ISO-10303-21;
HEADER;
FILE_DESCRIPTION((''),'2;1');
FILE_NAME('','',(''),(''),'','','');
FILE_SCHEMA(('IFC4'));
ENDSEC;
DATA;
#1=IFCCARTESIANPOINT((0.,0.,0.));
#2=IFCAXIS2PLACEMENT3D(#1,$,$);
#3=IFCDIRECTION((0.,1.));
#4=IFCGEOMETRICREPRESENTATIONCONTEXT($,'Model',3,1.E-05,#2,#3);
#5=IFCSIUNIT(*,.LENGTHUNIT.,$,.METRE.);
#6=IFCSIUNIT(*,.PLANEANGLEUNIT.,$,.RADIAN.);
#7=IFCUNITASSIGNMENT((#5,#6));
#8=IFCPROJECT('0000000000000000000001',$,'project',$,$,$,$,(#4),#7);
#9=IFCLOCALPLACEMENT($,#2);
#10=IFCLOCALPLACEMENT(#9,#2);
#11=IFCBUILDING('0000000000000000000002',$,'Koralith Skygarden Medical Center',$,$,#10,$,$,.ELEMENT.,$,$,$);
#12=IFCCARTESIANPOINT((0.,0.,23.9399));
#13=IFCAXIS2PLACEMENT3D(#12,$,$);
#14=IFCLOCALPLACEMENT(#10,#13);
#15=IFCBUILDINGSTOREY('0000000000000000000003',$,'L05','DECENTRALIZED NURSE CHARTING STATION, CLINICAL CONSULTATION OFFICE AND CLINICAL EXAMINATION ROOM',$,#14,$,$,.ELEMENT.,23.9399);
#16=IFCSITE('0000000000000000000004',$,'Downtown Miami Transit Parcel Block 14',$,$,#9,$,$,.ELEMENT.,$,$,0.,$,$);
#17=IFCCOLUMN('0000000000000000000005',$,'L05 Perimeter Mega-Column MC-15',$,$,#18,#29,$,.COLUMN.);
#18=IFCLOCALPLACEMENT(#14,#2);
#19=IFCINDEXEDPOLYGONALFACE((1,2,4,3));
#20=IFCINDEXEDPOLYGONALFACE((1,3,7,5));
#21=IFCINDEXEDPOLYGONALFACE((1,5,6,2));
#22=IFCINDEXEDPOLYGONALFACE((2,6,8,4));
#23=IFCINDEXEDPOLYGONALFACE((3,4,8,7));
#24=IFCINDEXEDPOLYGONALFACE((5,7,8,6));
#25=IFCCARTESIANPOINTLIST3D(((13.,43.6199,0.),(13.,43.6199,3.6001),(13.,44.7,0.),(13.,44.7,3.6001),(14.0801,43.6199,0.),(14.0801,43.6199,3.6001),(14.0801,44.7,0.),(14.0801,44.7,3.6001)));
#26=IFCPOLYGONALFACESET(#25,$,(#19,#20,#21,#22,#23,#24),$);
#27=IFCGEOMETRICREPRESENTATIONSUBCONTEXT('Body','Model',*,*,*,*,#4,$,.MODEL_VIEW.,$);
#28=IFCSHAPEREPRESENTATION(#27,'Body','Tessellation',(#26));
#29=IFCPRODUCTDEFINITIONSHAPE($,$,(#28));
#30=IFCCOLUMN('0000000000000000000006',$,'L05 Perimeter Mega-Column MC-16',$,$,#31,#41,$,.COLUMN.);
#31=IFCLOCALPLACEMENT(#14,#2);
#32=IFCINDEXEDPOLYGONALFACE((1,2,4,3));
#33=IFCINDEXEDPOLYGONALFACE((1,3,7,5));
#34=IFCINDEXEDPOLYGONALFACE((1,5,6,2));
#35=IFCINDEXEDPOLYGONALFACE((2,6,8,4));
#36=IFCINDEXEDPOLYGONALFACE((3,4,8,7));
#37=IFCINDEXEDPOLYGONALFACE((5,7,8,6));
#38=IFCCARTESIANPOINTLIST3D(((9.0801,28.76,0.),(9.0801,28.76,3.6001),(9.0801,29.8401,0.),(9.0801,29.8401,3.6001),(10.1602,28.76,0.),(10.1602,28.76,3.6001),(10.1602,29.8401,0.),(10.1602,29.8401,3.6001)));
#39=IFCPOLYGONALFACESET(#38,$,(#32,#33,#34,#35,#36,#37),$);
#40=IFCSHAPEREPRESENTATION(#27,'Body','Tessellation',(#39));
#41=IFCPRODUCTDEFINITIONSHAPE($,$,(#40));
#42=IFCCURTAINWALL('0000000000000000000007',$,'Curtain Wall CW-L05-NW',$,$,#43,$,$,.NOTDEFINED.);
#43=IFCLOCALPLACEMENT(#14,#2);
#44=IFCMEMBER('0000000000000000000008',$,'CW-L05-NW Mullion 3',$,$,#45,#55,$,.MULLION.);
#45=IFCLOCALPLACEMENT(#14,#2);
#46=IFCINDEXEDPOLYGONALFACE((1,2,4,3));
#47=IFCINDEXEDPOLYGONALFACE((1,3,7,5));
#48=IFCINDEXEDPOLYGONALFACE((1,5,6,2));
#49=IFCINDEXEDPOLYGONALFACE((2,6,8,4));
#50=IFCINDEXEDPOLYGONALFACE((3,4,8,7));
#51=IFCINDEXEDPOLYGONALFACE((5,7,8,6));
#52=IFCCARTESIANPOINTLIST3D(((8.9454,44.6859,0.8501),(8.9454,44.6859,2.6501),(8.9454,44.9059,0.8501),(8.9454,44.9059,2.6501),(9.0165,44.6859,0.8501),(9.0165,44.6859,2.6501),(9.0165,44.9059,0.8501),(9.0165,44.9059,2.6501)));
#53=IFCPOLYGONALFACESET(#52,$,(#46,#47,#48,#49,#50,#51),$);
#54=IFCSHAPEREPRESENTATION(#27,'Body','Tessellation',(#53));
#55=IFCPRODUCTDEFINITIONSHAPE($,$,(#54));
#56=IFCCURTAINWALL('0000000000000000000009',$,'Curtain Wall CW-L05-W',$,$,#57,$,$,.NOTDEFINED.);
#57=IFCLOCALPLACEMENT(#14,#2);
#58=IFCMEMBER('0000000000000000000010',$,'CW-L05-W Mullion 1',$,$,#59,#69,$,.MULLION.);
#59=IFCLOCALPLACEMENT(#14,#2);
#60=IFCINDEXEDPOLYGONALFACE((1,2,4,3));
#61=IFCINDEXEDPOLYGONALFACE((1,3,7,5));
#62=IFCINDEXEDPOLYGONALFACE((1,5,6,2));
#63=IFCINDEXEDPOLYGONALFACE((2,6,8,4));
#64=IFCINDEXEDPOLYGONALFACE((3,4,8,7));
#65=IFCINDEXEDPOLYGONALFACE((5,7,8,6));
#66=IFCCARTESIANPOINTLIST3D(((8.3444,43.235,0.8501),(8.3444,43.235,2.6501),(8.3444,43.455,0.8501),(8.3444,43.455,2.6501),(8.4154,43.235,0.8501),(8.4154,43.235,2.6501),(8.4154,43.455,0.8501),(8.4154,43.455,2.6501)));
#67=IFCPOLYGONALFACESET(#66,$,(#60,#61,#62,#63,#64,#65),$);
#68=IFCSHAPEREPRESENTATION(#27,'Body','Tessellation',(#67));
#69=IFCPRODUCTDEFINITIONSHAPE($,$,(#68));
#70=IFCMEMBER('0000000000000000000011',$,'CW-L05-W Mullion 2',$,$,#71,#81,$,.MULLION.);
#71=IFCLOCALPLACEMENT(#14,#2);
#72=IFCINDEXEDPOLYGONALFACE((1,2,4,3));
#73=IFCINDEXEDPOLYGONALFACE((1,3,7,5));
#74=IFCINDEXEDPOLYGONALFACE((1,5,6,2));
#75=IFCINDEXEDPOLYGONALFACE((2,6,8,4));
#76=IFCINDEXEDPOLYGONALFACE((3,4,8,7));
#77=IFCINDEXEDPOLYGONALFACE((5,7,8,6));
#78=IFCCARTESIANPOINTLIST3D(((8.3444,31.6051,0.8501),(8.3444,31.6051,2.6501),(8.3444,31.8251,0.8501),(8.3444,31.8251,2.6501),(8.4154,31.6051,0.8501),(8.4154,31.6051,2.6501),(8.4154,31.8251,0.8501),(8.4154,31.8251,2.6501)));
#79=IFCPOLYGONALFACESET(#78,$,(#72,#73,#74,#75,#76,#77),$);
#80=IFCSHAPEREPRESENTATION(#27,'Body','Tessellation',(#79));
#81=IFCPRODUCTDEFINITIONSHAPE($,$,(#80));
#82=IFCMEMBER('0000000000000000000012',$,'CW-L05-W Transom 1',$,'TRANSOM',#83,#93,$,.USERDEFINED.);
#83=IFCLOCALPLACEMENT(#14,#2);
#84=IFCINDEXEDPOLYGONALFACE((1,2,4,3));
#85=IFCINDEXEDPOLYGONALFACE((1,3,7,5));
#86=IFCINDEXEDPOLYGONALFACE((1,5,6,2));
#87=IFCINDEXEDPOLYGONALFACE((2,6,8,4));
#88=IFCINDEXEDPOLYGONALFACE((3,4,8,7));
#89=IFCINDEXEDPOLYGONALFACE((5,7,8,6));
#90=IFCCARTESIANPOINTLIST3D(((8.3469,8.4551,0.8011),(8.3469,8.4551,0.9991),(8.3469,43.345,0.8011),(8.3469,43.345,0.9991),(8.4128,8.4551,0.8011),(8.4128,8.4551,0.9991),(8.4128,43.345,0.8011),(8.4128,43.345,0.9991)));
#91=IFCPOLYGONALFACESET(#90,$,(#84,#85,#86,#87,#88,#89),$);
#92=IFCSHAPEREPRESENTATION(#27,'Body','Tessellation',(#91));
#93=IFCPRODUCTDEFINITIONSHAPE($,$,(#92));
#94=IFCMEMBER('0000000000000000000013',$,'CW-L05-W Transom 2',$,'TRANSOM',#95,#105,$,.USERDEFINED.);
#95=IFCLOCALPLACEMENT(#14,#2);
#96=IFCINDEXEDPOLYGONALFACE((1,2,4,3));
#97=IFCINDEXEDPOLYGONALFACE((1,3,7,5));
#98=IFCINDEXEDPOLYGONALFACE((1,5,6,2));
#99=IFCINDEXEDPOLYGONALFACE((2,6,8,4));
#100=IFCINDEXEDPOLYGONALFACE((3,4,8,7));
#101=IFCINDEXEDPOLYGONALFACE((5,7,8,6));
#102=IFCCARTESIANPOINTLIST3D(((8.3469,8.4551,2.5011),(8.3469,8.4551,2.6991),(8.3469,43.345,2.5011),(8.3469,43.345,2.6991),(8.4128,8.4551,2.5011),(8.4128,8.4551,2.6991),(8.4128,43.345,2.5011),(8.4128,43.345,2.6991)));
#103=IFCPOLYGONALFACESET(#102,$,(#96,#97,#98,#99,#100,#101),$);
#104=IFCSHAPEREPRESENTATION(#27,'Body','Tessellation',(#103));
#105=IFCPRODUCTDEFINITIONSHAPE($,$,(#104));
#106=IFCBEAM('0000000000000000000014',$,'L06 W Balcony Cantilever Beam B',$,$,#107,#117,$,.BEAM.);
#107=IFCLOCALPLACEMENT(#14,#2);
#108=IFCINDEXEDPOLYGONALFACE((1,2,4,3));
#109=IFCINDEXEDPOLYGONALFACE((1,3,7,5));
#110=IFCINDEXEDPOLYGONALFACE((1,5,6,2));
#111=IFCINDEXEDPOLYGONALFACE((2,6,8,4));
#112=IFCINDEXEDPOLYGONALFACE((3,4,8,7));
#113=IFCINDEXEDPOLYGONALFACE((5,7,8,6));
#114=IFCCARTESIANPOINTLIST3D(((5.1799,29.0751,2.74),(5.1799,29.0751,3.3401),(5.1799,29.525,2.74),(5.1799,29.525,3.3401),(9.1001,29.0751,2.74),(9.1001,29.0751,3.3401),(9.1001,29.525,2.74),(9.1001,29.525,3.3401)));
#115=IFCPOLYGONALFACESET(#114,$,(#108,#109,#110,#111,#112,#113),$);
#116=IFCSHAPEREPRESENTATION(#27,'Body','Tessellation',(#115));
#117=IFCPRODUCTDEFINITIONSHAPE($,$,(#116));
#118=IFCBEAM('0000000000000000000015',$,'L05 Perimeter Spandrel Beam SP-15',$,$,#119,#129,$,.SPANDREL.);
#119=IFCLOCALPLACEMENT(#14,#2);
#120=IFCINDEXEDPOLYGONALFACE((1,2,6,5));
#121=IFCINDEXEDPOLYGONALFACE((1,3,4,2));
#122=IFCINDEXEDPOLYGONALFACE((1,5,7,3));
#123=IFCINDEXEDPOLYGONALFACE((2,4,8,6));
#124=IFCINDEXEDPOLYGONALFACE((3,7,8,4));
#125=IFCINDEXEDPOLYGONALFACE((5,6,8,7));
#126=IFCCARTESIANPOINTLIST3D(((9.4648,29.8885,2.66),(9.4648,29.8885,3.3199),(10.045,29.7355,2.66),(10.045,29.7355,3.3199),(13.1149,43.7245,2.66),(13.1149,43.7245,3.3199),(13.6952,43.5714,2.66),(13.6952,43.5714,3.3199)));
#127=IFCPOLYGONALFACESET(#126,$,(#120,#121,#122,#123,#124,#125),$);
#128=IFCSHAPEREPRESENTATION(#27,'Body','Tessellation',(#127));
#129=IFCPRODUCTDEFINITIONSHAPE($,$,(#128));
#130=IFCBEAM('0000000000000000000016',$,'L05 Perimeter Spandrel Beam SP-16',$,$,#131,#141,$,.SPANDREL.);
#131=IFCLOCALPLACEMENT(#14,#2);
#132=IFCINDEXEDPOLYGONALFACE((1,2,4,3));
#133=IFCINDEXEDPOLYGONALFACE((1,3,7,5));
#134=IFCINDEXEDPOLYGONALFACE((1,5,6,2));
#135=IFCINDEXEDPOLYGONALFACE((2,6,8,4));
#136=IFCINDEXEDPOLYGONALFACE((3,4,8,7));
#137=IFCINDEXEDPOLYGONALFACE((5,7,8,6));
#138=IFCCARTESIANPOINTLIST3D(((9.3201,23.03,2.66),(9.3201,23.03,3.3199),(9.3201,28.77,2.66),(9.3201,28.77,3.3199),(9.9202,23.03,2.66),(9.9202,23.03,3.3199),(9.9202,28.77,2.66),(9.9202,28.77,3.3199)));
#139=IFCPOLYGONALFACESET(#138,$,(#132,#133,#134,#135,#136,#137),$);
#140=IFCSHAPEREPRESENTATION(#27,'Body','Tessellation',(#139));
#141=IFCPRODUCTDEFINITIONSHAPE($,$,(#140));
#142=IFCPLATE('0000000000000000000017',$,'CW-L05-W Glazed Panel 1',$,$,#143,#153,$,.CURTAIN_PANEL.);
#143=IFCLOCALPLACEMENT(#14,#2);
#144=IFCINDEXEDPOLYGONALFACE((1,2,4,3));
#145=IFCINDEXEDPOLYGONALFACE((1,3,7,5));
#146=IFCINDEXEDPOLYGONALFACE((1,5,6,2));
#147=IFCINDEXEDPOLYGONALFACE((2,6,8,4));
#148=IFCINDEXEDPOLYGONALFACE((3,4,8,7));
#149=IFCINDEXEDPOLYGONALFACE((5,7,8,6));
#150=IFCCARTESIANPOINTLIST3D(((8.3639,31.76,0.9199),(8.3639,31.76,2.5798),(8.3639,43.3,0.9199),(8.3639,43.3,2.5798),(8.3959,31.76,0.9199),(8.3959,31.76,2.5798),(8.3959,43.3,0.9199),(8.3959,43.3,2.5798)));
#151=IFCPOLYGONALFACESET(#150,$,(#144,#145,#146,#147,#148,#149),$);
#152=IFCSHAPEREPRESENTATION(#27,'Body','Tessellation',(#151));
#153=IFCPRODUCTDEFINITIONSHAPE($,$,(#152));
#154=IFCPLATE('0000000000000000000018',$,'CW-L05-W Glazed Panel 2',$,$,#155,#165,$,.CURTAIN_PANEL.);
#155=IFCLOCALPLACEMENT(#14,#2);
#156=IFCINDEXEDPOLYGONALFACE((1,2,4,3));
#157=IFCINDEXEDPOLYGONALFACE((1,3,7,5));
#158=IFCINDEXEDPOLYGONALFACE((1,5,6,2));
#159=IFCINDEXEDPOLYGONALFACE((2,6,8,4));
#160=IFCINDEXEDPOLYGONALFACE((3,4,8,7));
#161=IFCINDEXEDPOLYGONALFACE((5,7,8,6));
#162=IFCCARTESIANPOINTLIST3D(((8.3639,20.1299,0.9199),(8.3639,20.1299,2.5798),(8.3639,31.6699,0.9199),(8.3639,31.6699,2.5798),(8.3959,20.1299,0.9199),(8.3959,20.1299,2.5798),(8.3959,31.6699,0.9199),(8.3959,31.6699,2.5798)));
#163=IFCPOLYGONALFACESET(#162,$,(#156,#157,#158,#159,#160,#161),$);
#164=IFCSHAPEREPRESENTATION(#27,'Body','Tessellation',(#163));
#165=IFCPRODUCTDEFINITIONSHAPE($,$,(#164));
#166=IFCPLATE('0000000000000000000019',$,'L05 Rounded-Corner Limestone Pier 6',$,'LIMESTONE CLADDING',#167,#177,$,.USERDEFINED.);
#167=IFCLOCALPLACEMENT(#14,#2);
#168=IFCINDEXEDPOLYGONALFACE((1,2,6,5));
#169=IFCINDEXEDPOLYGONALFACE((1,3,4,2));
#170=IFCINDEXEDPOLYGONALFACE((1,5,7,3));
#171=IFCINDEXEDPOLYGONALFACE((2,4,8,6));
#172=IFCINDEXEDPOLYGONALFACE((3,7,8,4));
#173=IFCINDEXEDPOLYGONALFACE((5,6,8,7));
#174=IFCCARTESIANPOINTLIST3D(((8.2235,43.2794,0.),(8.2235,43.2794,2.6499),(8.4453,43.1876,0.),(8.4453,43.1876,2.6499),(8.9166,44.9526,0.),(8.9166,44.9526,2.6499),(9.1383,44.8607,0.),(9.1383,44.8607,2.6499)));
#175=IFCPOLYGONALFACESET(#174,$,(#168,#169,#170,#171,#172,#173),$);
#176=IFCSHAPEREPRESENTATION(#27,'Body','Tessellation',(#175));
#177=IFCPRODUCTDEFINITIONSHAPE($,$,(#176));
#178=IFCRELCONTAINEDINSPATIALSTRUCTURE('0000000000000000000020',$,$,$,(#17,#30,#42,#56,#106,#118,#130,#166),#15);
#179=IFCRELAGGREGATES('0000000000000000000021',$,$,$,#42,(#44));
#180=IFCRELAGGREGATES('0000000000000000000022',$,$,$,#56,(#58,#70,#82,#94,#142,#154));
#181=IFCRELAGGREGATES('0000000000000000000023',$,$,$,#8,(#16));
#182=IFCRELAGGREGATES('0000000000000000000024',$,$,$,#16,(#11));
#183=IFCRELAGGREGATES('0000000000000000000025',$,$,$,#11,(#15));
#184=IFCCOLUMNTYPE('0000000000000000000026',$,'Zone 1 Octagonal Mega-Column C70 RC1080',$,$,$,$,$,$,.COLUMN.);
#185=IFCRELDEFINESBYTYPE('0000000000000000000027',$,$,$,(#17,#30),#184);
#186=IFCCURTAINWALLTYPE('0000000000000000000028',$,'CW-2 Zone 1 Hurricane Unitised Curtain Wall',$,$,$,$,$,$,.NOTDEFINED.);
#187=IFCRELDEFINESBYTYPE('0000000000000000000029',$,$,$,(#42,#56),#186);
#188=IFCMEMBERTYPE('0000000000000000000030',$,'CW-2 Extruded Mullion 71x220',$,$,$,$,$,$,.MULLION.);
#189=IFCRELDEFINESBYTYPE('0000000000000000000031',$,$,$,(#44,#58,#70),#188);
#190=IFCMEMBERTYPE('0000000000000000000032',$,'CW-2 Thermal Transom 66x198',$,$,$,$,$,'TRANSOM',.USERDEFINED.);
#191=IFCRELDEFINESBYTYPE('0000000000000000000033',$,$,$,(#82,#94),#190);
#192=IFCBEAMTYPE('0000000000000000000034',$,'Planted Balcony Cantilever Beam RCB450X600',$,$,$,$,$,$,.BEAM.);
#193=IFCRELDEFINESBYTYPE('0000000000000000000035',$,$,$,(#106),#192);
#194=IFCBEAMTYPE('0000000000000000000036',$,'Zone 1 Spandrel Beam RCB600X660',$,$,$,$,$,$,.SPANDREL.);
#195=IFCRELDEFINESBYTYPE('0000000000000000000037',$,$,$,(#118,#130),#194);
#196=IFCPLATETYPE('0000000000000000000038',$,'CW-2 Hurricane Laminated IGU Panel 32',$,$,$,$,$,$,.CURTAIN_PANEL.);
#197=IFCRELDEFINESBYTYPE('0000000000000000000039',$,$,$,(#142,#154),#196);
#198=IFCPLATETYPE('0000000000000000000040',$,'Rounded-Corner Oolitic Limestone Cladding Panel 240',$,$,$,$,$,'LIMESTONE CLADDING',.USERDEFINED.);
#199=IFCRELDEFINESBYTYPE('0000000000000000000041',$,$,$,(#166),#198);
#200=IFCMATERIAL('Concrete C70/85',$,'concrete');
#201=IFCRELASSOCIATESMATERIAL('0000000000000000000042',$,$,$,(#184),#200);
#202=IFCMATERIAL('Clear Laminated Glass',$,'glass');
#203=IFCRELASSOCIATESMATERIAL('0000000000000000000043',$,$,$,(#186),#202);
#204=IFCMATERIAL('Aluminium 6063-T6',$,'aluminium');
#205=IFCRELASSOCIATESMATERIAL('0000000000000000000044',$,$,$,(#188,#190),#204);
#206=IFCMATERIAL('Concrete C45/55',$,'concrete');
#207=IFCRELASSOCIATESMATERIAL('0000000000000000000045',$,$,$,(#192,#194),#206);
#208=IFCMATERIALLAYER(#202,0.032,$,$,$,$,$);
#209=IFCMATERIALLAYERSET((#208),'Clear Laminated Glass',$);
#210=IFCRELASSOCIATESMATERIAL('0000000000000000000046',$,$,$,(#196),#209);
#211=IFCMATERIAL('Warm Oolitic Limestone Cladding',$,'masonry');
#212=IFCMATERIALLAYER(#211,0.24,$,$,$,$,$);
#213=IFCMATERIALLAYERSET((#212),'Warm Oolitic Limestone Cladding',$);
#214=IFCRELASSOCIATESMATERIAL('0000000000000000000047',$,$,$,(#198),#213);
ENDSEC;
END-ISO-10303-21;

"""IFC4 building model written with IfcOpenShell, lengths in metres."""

from ifc_helpers import new_model, si_unit, direction, frame, origin, origin_2d, place, context, subcontext, project, spatial, rectangle, extrude, material, layer, layer_set, material_profile, profile_set, type_object, element, aggregate, save


model = new_model("IFC4")

# Units and contexts
model_context = context("Model", 3, precision=1e-05, world=origin(), true_north=direction((0.0, 1.0)))
body_context = subcontext(model_context, "Body", "Model", "MODEL_VIEW")
ifc_project = project(units=[si_unit("LENGTHUNIT", "METRE"), si_unit("PLANEANGLEUNIT", "RADIAN")], contexts=[model_context])

# Site, building, storey
site_placement = place(None, origin())
site = spatial("IfcSite", under=ifc_project, at=site_placement, Name="Downtown Miami Transit Parcel Block 14", CompositionType="ELEMENT", RefElevation=0.0)
building_placement = place(site_placement, origin())
building = spatial("IfcBuilding", under=site, at=building_placement, Name="Koralith Skygarden Medical Center", CompositionType="ELEMENT")
storey_placement = place(building_placement, frame((0.0, 0.0, 23.9399)))
storey = spatial("IfcBuildingStorey", under=building, at=storey_placement, Name="L05", Description="DECENTRALIZED NURSE CHARTING STATION, CLINICAL CONSULTATION OFFICE AND CLINICAL EXAMINATION ROOM", CompositionType="ELEMENT", Elevation=23.9399)

# Columns
ifc_material_1 = material(Name="Concrete C70/85", Category="concrete")
ifc_material_profile_1 = material_profile(ifc_material_1, rectangle(XDim=1.0801, YDim=1.0801, at=origin_2d()), Name="RC1080X1080")
ifc_profile_set_1 = profile_set([ifc_material_profile_1], Name="Concrete C70/85")
column_type = type_object("IfcColumnType", Name="Zone 1 Octagonal Mega-Column C70 RC1080", PredefinedType="COLUMN", material=ifc_profile_set_1)
for number, where, z_axis, x_axis, name in (
    (1, (13.54, 44.1599, 0.0), (0.0, 0.0, 1.0), (1.0, 0.0, 0.0), "L05 Perimeter Mega-Column MC-15"),
    (2, (9.6201, 29.3, 0.0), (0.0, 0.0, 1.0), (1.0, 0.0, 0.0), "L05 Perimeter Mega-Column MC-16"),
):
    element("IfcColumn", number, at=place(storey_placement, frame(where, z_axis=z_axis, x_axis=x_axis)), inside=storey, type_object=column_type, Name=name, PredefinedType="COLUMN", context=body_context, shape_type="SweptSolid", body=[
        extrude(rectangle(XDim=1.0801, YDim=1.0801, at=origin_2d()), origin(), (0.0, 0.0, 1.0), 3.6001),
    ])

# Curtain wall, member
ifc_material_2 = material(Name="Clear Laminated Glass", Category="glass")
curtain_wall_type = type_object("IfcCurtainWallType", Name="CW-2 Zone 1 Hurricane Unitised Curtain Wall", PredefinedType="NOTDEFINED", material=ifc_material_2)
curtain_wall_1_placement = place(storey_placement, origin())
curtain_wall_1 = element("IfcCurtainWall", 3, at=curtain_wall_1_placement, inside=storey, type_object=curtain_wall_type, Name="Curtain Wall CW-L05-NW", PredefinedType="NOTDEFINED")
ifc_material_3 = material(Name="Aluminium 6063-T6", Category="aluminium")
ifc_material_profile_2 = material_profile(ifc_material_3, rectangle(XDim=0.071, YDim=0.22, at=origin_2d()), Name="MUL71X220")
ifc_profile_set_2 = profile_set([ifc_material_profile_2], Name="Aluminium 6063-T6")
member_type_1 = type_object("IfcMemberType", Name="CW-2 Extruded Mullion 71x220", PredefinedType="MULLION", material=ifc_profile_set_2)
member_1_placement = place(storey_placement, frame((8.981, 44.7959, 0.8501), z_axis=(0.0, 0.0, 1.0), x_axis=(1.0, 0.0, 0.0)))
member_1 = element("IfcMember", 4, at=member_1_placement, type_object=member_type_1, Name="CW-L05-NW Mullion 3", PredefinedType="MULLION", context=body_context, shape_type="SweptSolid", body=[
    extrude(rectangle(XDim=0.071, YDim=0.22, at=origin_2d()), origin(), (0.0, 0.0, 1.0), 1.8),
])
aggregate(curtain_wall_1, [member_1])

# Curtain wall, members
curtain_wall_2_placement = place(storey_placement, origin())
curtain_wall_2 = element("IfcCurtainWall", 5, at=curtain_wall_2_placement, inside=storey, type_object=curtain_wall_type, Name="Curtain Wall CW-L05-W", PredefinedType="NOTDEFINED")
member_2_placement = place(storey_placement, frame((8.3799, 43.345, 0.8501), z_axis=(0.0, 0.0, 1.0), x_axis=(1.0, 0.0, 0.0)))
member_2 = element("IfcMember", 6, at=member_2_placement, type_object=member_type_1, Name="CW-L05-W Mullion 1", PredefinedType="MULLION", context=body_context, shape_type="SweptSolid", body=[
    extrude(rectangle(XDim=0.071, YDim=0.22, at=origin_2d()), origin(), (0.0, 0.0, 1.0), 1.8),
])
member_3_placement = place(storey_placement, frame((8.3799, 31.7151, 0.8501), z_axis=(0.0, 0.0, 1.0), x_axis=(1.0, 0.0, 0.0)))
member_3 = element("IfcMember", 7, at=member_3_placement, type_object=member_type_1, Name="CW-L05-W Mullion 2", PredefinedType="MULLION", context=body_context, shape_type="SweptSolid", body=[
    extrude(rectangle(XDim=0.071, YDim=0.22, at=origin_2d()), origin(), (0.0, 0.0, 1.0), 1.8),
])
ifc_material_profile_3 = material_profile(ifc_material_3, rectangle(XDim=0.0659, YDim=0.198, at=origin_2d()), Name="TRN66X198")
ifc_profile_set_3 = profile_set([ifc_material_profile_3], Name="Aluminium 6063-T6")
member_type_2 = type_object("IfcMemberType", Name="CW-2 Thermal Transom 66x198", ElementType="TRANSOM", PredefinedType="USERDEFINED", material=ifc_profile_set_3)
member_4_placement = place(storey_placement, frame((8.3799, 43.345, 0.9001), z_axis=(0.0, -1.0, 0.0), x_axis=(1.0, 0.0, 0.0)))
member_4 = element("IfcMember", 8, at=member_4_placement, type_object=member_type_2, Name="CW-L05-W Transom 1", ObjectType="TRANSOM", PredefinedType="USERDEFINED", context=body_context, shape_type="SweptSolid", body=[
    extrude(rectangle(XDim=0.0659, YDim=0.198, at=origin_2d()), origin(), (0.0, 0.0, 1.0), 34.8899),
])
member_5_placement = place(storey_placement, frame((8.3799, 43.345, 2.6001), z_axis=(0.0, -1.0, 0.0), x_axis=(1.0, 0.0, 0.0)))
member_5 = element("IfcMember", 9, at=member_5_placement, type_object=member_type_2, Name="CW-L05-W Transom 2", ObjectType="TRANSOM", PredefinedType="USERDEFINED", context=body_context, shape_type="SweptSolid", body=[
    extrude(rectangle(XDim=0.0659, YDim=0.198, at=origin_2d()), origin(), (0.0, 0.0, 1.0), 34.8899),
])

# Beams
ifc_material_4 = material(Name="Concrete C45/55", Category="concrete")
ifc_material_profile_4 = material_profile(ifc_material_4, rectangle(XDim=0.45, YDim=0.6001, at=origin_2d()), Name="RCB450X600")
ifc_profile_set_4 = profile_set([ifc_material_profile_4], Name="Concrete C45/55")
beam_type_1 = type_object("IfcBeamType", Name="Planted Balcony Cantilever Beam RCB450X600", PredefinedType="BEAM", material=ifc_profile_set_4)
beam_1_placement = place(storey_placement, frame((9.1001, 29.3, 3.04), z_axis=(-1.0, 0.0, 0.0), x_axis=(0.0, -1.0, 0.0)))
element("IfcBeam", 10, at=beam_1_placement, inside=storey, type_object=beam_type_1, Name="L06 W Balcony Cantilever Beam B", PredefinedType="BEAM", context=body_context, shape_type="SweptSolid", body=[
    extrude(rectangle(XDim=0.45, YDim=0.6001, at=origin_2d()), origin(), (0.0, 0.0, 1.0), 3.9202),
])
ifc_material_profile_5 = material_profile(ifc_material_4, rectangle(XDim=0.6001, YDim=0.6599, at=origin_2d()), Name="RCB600X660")
ifc_profile_set_5 = profile_set([ifc_material_profile_5], Name="Concrete C45/55")
beam_type_2 = type_object("IfcBeamType", Name="Zone 1 Spandrel Beam RCB600X660", PredefinedType="SPANDREL", material=ifc_profile_set_5)
beam_2_placement = place(storey_placement, frame((13.405, 43.6479, 2.99), z_axis=(-0.255089, -0.966918, 0.0), x_axis=(0.966918, -0.255089, 0.0)))
element("IfcBeam", 11, at=beam_2_placement, inside=storey, type_object=beam_type_2, Name="L05 Perimeter Spandrel Beam SP-15", PredefinedType="SPANDREL", context=body_context, shape_type="SweptSolid", body=[
    extrude(rectangle(XDim=0.6001, YDim=0.6599, at=origin_2d()), origin(), (0.0, 0.0, 1.0), 14.3093),
])
beam_3_placement = place(storey_placement, frame((9.6201, 28.77, 2.99), z_axis=(0.0, -1.0, 0.0), x_axis=(1.0, 0.0, 0.0)))
element("IfcBeam", 12, at=beam_3_placement, inside=storey, type_object=beam_type_2, Name="L05 Perimeter Spandrel Beam SP-16", PredefinedType="SPANDREL", context=body_context, shape_type="SweptSolid", body=[
    extrude(rectangle(XDim=0.6001, YDim=0.6599, at=origin_2d()), origin(), (0.0, 0.0, 1.0), 5.74),
])

# Plates
ifc_layer_1 = layer(ifc_material_2, 0.032)
ifc_layer_set_1 = layer_set([ifc_layer_1], Name="Clear Laminated Glass")
plate_type_1 = type_object("IfcPlateType", Name="CW-2 Hurricane Laminated IGU Panel 32", PredefinedType="CURTAIN_PANEL", material=ifc_layer_set_1)
plate_1_placement = place(storey_placement, frame((8.3799, 37.53, 0.9199), z_axis=(0.0, 0.0, 1.0), x_axis=(0.0, -1.0, 0.0)))
plate_1 = element("IfcPlate", 13, at=plate_1_placement, type_object=plate_type_1, Name="CW-L05-W Glazed Panel 1", PredefinedType="CURTAIN_PANEL", context=body_context, shape_type="SweptSolid", body=[
    extrude(rectangle(XDim=11.54, YDim=0.032, at=origin_2d()), origin(), (0.0, 0.0, 1.0), 1.6599),
])
plate_2_placement = place(storey_placement, frame((8.3799, 25.8999, 0.9199), z_axis=(0.0, 0.0, 1.0), x_axis=(0.0, -1.0, 0.0)))
plate_2 = element("IfcPlate", 14, at=plate_2_placement, type_object=plate_type_1, Name="CW-L05-W Glazed Panel 2", PredefinedType="CURTAIN_PANEL", context=body_context, shape_type="SweptSolid", body=[
    extrude(rectangle(XDim=11.54, YDim=0.032, at=origin_2d()), origin(), (0.0, 0.0, 1.0), 1.6599),
])
aggregate(curtain_wall_2, [member_2, member_3, member_4, member_5, plate_1, plate_2])
ifc_material_5 = material(Name="Warm Oolitic Limestone Cladding", Category="masonry")
ifc_layer_2 = layer(ifc_material_5, 0.24)
ifc_layer_set_2 = layer_set([ifc_layer_2], Name="Warm Oolitic Limestone Cladding")
plate_type_2 = type_object("IfcPlateType", Name="Rounded-Corner Oolitic Limestone Cladding Panel 240", ElementType="LIMESTONE CLADDING", PredefinedType="USERDEFINED", material=ifc_layer_set_2)
plate_3_placement = place(storey_placement, frame((8.6809, 44.0701, 0.0), z_axis=(0.0, 0.0, 1.0), x_axis=(-0.382671, -0.923885, 0.0)))
element("IfcPlate", 15, at=plate_3_placement, inside=storey, type_object=plate_type_2, Name="L05 Rounded-Corner Limestone Pier 6", ObjectType="LIMESTONE CLADDING", PredefinedType="USERDEFINED", context=body_context, shape_type="SweptSolid", body=[
    extrude(rectangle(XDim=1.811, YDim=0.24, at=origin_2d()), origin(), (0.0, 0.0, 1.0), 2.6499),
])

save(model, "model.ifc")
